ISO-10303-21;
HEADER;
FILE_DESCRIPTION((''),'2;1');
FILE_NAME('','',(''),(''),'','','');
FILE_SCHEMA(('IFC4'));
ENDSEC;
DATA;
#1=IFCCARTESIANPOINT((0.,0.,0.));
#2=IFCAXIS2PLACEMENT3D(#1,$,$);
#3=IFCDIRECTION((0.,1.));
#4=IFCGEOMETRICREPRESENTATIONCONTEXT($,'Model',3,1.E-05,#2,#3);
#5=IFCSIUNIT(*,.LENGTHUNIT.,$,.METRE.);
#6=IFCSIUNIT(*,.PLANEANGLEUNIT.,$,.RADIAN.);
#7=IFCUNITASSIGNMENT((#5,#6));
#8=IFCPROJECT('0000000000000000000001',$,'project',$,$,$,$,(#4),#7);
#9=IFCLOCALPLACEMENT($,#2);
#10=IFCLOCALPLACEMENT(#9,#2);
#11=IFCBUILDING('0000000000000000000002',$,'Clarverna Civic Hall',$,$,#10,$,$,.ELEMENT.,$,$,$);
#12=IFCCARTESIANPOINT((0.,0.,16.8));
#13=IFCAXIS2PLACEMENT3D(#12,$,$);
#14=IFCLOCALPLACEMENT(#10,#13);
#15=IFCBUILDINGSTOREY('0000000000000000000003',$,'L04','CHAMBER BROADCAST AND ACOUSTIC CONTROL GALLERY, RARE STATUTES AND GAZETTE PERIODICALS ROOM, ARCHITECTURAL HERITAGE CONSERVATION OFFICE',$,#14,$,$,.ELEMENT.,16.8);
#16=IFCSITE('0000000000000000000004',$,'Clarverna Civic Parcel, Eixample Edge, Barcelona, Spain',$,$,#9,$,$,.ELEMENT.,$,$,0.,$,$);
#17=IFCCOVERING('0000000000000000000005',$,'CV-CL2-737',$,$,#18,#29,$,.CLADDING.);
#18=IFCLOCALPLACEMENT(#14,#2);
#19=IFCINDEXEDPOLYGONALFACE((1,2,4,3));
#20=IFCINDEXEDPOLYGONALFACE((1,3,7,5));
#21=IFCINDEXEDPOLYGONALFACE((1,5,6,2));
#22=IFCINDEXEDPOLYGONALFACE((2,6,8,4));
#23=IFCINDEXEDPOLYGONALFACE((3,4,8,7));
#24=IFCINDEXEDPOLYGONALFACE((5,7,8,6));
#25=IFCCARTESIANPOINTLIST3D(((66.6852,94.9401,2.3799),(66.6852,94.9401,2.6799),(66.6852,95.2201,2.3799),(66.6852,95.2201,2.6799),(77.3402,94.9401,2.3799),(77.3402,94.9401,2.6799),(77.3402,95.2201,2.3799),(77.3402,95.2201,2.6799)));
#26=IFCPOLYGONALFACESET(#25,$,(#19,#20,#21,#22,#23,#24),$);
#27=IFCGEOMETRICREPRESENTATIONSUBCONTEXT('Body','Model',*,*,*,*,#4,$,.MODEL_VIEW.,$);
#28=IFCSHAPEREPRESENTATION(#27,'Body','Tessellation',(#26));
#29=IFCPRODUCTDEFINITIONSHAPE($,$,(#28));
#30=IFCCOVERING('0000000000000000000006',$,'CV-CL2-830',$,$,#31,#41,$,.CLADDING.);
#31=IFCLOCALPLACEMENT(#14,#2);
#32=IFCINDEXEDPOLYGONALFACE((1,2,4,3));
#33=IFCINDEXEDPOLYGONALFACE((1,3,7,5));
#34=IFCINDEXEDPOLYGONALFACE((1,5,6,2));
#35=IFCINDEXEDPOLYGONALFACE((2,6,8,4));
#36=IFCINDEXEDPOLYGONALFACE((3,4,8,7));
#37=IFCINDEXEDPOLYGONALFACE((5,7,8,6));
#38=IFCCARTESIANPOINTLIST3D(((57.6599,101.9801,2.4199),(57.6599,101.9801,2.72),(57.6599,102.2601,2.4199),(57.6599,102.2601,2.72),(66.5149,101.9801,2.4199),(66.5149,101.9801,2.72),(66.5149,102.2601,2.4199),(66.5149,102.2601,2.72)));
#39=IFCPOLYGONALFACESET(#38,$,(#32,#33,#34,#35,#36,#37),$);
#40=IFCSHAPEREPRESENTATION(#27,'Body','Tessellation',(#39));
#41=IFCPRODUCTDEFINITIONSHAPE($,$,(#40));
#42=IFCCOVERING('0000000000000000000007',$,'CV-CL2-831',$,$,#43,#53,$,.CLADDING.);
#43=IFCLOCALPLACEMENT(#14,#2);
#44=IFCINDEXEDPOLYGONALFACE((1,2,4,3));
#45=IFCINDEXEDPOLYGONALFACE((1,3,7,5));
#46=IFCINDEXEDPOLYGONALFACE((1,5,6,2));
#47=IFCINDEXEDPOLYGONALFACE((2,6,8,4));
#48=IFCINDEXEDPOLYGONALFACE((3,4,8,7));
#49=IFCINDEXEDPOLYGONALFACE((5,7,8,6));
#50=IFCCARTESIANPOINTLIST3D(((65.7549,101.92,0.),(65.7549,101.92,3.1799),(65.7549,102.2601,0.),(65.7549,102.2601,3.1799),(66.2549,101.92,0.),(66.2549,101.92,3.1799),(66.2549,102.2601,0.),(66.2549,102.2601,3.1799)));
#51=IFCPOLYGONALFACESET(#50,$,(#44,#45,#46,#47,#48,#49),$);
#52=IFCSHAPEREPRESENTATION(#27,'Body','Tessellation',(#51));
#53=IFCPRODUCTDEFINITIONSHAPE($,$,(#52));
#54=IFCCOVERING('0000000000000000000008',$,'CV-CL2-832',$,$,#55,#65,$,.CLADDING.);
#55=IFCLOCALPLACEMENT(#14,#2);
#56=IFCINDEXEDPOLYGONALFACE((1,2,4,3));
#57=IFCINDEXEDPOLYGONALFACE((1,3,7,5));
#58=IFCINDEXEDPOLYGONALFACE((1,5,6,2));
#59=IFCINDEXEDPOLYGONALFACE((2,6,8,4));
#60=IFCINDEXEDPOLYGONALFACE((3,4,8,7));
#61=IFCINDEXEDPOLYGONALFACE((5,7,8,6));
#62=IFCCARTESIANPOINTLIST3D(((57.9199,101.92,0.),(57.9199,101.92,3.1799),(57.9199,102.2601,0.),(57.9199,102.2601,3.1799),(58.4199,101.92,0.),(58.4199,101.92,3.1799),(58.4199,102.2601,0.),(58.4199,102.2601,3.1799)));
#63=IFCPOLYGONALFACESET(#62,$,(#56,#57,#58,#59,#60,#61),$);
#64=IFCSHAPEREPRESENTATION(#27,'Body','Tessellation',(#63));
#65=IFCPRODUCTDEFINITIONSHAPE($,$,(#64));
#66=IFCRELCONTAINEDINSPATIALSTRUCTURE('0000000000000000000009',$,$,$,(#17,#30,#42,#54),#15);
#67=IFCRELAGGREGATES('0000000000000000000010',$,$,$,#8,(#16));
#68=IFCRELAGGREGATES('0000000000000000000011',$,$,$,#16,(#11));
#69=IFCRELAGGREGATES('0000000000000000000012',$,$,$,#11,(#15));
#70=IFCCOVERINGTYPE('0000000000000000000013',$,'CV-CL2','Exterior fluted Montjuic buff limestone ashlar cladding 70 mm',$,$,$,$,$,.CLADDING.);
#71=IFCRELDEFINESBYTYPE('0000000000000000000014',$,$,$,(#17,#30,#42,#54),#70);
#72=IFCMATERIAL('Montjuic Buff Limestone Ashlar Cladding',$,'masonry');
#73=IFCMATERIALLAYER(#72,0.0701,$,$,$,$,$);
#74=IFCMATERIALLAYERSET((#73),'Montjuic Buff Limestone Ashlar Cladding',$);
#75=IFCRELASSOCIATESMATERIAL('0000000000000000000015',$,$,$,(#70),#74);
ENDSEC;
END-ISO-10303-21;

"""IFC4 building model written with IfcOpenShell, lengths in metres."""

from ifc_helpers import new_model, si_unit, direction, frame, frame_2d, origin, place, context, subcontext, project, spatial, rectangle, extrude, material, layer, layer_set, type_object, element, save


model = new_model("IFC4")

# Units and contexts
model_context = context("Model", 3, precision=1e-05, world=origin(), true_north=direction((0.0, 1.0)))
body_context = subcontext(model_context, "Body", "Model", "MODEL_VIEW")
ifc_project = project(units=[si_unit("LENGTHUNIT", "METRE"), si_unit("PLANEANGLEUNIT", "RADIAN")], contexts=[model_context])

# Site, building, storey
site_placement = place(None, origin())
site = spatial("IfcSite", under=ifc_project, at=site_placement, Name="Clarverna Civic Parcel, Eixample Edge, Barcelona, Spain", CompositionType="ELEMENT", RefElevation=0.0)
building_placement = place(site_placement, origin())
building = spatial("IfcBuilding", under=site, at=building_placement, Name="Clarverna Civic Hall", CompositionType="ELEMENT")
storey_placement = place(building_placement, frame((0.0, 0.0, 16.8)))
storey = spatial("IfcBuildingStorey", under=building, at=storey_placement, Name="L04", Description="CHAMBER BROADCAST AND ACOUSTIC CONTROL GALLERY, RARE STATUTES AND GAZETTE PERIODICALS ROOM, ARCHITECTURAL HERITAGE CONSERVATION OFFICE", CompositionType="ELEMENT", Elevation=16.8)

# Coverings
ifc_material_1 = material(Name="Montjuic Buff Limestone Ashlar Cladding", Category="masonry")
ifc_layer_1 = layer(ifc_material_1, 0.0701)
ifc_layer_set_1 = layer_set([ifc_layer_1], Name="Montjuic Buff Limestone Ashlar Cladding")
covering_type = type_object("IfcCoveringType", Name="CV-CL2", Description="Exterior fluted Montjuic buff limestone ashlar cladding 70 mm", PredefinedType="CLADDING", material=ifc_layer_set_1)
covering_1_placement = place(storey_placement, frame((66.6851, 95.0801, 2.3799), z_axis=(0.0, 0.0, 1.0), x_axis=(1.0, 0.0, 0.0)))
element("IfcCovering", 1, at=covering_1_placement, inside=storey, type_object=covering_type, Name="CV-CL2-737", PredefinedType="CLADDING", context=body_context, shape_type="SweptSolid", body=[
    extrude(rectangle(XDim=10.655, YDim=0.28, at=frame_2d((5.3276, 0.0))), origin(), (0.0, 0.0, 1.0), 0.3),
])
covering_2_placement = place(storey_placement, frame((66.5149, 102.1201, 2.4199), z_axis=(0.0, 0.0, 1.0), x_axis=(-1.0, 0.0, 0.0)))
element("IfcCovering", 2, at=covering_2_placement, inside=storey, type_object=covering_type, Name="CV-CL2-830", PredefinedType="CLADDING", context=body_context, shape_type="SweptSolid", body=[
    extrude(rectangle(XDim=8.855, YDim=0.28, at=frame_2d((4.4275, 0.0))), origin(), (0.0, 0.0, 1.0), 0.3),
])
for number, where, z_axis, x_axis, name in (
    (3, (66.2549, 102.0901, 0.0), (0.0, 0.0, 1.0), (-1.0, 0.0, 0.0), "CV-CL2-831"),
    (4, (58.4199, 102.0901, 0.0), (0.0, 0.0, 1.0), (-1.0, 0.0, 0.0), "CV-CL2-832"),
):
    element("IfcCovering", number, at=place(storey_placement, frame(where, z_axis=z_axis, x_axis=x_axis)), inside=storey, type_object=covering_type, Name=name, PredefinedType="CLADDING", context=body_context, shape_type="SweptSolid", body=[
        extrude(rectangle(XDim=0.5, YDim=0.3401, at=frame_2d((0.25, 0.0))), origin(), (0.0, 0.0, 1.0), 3.1799),
    ])

save(model, "model.ifc")
